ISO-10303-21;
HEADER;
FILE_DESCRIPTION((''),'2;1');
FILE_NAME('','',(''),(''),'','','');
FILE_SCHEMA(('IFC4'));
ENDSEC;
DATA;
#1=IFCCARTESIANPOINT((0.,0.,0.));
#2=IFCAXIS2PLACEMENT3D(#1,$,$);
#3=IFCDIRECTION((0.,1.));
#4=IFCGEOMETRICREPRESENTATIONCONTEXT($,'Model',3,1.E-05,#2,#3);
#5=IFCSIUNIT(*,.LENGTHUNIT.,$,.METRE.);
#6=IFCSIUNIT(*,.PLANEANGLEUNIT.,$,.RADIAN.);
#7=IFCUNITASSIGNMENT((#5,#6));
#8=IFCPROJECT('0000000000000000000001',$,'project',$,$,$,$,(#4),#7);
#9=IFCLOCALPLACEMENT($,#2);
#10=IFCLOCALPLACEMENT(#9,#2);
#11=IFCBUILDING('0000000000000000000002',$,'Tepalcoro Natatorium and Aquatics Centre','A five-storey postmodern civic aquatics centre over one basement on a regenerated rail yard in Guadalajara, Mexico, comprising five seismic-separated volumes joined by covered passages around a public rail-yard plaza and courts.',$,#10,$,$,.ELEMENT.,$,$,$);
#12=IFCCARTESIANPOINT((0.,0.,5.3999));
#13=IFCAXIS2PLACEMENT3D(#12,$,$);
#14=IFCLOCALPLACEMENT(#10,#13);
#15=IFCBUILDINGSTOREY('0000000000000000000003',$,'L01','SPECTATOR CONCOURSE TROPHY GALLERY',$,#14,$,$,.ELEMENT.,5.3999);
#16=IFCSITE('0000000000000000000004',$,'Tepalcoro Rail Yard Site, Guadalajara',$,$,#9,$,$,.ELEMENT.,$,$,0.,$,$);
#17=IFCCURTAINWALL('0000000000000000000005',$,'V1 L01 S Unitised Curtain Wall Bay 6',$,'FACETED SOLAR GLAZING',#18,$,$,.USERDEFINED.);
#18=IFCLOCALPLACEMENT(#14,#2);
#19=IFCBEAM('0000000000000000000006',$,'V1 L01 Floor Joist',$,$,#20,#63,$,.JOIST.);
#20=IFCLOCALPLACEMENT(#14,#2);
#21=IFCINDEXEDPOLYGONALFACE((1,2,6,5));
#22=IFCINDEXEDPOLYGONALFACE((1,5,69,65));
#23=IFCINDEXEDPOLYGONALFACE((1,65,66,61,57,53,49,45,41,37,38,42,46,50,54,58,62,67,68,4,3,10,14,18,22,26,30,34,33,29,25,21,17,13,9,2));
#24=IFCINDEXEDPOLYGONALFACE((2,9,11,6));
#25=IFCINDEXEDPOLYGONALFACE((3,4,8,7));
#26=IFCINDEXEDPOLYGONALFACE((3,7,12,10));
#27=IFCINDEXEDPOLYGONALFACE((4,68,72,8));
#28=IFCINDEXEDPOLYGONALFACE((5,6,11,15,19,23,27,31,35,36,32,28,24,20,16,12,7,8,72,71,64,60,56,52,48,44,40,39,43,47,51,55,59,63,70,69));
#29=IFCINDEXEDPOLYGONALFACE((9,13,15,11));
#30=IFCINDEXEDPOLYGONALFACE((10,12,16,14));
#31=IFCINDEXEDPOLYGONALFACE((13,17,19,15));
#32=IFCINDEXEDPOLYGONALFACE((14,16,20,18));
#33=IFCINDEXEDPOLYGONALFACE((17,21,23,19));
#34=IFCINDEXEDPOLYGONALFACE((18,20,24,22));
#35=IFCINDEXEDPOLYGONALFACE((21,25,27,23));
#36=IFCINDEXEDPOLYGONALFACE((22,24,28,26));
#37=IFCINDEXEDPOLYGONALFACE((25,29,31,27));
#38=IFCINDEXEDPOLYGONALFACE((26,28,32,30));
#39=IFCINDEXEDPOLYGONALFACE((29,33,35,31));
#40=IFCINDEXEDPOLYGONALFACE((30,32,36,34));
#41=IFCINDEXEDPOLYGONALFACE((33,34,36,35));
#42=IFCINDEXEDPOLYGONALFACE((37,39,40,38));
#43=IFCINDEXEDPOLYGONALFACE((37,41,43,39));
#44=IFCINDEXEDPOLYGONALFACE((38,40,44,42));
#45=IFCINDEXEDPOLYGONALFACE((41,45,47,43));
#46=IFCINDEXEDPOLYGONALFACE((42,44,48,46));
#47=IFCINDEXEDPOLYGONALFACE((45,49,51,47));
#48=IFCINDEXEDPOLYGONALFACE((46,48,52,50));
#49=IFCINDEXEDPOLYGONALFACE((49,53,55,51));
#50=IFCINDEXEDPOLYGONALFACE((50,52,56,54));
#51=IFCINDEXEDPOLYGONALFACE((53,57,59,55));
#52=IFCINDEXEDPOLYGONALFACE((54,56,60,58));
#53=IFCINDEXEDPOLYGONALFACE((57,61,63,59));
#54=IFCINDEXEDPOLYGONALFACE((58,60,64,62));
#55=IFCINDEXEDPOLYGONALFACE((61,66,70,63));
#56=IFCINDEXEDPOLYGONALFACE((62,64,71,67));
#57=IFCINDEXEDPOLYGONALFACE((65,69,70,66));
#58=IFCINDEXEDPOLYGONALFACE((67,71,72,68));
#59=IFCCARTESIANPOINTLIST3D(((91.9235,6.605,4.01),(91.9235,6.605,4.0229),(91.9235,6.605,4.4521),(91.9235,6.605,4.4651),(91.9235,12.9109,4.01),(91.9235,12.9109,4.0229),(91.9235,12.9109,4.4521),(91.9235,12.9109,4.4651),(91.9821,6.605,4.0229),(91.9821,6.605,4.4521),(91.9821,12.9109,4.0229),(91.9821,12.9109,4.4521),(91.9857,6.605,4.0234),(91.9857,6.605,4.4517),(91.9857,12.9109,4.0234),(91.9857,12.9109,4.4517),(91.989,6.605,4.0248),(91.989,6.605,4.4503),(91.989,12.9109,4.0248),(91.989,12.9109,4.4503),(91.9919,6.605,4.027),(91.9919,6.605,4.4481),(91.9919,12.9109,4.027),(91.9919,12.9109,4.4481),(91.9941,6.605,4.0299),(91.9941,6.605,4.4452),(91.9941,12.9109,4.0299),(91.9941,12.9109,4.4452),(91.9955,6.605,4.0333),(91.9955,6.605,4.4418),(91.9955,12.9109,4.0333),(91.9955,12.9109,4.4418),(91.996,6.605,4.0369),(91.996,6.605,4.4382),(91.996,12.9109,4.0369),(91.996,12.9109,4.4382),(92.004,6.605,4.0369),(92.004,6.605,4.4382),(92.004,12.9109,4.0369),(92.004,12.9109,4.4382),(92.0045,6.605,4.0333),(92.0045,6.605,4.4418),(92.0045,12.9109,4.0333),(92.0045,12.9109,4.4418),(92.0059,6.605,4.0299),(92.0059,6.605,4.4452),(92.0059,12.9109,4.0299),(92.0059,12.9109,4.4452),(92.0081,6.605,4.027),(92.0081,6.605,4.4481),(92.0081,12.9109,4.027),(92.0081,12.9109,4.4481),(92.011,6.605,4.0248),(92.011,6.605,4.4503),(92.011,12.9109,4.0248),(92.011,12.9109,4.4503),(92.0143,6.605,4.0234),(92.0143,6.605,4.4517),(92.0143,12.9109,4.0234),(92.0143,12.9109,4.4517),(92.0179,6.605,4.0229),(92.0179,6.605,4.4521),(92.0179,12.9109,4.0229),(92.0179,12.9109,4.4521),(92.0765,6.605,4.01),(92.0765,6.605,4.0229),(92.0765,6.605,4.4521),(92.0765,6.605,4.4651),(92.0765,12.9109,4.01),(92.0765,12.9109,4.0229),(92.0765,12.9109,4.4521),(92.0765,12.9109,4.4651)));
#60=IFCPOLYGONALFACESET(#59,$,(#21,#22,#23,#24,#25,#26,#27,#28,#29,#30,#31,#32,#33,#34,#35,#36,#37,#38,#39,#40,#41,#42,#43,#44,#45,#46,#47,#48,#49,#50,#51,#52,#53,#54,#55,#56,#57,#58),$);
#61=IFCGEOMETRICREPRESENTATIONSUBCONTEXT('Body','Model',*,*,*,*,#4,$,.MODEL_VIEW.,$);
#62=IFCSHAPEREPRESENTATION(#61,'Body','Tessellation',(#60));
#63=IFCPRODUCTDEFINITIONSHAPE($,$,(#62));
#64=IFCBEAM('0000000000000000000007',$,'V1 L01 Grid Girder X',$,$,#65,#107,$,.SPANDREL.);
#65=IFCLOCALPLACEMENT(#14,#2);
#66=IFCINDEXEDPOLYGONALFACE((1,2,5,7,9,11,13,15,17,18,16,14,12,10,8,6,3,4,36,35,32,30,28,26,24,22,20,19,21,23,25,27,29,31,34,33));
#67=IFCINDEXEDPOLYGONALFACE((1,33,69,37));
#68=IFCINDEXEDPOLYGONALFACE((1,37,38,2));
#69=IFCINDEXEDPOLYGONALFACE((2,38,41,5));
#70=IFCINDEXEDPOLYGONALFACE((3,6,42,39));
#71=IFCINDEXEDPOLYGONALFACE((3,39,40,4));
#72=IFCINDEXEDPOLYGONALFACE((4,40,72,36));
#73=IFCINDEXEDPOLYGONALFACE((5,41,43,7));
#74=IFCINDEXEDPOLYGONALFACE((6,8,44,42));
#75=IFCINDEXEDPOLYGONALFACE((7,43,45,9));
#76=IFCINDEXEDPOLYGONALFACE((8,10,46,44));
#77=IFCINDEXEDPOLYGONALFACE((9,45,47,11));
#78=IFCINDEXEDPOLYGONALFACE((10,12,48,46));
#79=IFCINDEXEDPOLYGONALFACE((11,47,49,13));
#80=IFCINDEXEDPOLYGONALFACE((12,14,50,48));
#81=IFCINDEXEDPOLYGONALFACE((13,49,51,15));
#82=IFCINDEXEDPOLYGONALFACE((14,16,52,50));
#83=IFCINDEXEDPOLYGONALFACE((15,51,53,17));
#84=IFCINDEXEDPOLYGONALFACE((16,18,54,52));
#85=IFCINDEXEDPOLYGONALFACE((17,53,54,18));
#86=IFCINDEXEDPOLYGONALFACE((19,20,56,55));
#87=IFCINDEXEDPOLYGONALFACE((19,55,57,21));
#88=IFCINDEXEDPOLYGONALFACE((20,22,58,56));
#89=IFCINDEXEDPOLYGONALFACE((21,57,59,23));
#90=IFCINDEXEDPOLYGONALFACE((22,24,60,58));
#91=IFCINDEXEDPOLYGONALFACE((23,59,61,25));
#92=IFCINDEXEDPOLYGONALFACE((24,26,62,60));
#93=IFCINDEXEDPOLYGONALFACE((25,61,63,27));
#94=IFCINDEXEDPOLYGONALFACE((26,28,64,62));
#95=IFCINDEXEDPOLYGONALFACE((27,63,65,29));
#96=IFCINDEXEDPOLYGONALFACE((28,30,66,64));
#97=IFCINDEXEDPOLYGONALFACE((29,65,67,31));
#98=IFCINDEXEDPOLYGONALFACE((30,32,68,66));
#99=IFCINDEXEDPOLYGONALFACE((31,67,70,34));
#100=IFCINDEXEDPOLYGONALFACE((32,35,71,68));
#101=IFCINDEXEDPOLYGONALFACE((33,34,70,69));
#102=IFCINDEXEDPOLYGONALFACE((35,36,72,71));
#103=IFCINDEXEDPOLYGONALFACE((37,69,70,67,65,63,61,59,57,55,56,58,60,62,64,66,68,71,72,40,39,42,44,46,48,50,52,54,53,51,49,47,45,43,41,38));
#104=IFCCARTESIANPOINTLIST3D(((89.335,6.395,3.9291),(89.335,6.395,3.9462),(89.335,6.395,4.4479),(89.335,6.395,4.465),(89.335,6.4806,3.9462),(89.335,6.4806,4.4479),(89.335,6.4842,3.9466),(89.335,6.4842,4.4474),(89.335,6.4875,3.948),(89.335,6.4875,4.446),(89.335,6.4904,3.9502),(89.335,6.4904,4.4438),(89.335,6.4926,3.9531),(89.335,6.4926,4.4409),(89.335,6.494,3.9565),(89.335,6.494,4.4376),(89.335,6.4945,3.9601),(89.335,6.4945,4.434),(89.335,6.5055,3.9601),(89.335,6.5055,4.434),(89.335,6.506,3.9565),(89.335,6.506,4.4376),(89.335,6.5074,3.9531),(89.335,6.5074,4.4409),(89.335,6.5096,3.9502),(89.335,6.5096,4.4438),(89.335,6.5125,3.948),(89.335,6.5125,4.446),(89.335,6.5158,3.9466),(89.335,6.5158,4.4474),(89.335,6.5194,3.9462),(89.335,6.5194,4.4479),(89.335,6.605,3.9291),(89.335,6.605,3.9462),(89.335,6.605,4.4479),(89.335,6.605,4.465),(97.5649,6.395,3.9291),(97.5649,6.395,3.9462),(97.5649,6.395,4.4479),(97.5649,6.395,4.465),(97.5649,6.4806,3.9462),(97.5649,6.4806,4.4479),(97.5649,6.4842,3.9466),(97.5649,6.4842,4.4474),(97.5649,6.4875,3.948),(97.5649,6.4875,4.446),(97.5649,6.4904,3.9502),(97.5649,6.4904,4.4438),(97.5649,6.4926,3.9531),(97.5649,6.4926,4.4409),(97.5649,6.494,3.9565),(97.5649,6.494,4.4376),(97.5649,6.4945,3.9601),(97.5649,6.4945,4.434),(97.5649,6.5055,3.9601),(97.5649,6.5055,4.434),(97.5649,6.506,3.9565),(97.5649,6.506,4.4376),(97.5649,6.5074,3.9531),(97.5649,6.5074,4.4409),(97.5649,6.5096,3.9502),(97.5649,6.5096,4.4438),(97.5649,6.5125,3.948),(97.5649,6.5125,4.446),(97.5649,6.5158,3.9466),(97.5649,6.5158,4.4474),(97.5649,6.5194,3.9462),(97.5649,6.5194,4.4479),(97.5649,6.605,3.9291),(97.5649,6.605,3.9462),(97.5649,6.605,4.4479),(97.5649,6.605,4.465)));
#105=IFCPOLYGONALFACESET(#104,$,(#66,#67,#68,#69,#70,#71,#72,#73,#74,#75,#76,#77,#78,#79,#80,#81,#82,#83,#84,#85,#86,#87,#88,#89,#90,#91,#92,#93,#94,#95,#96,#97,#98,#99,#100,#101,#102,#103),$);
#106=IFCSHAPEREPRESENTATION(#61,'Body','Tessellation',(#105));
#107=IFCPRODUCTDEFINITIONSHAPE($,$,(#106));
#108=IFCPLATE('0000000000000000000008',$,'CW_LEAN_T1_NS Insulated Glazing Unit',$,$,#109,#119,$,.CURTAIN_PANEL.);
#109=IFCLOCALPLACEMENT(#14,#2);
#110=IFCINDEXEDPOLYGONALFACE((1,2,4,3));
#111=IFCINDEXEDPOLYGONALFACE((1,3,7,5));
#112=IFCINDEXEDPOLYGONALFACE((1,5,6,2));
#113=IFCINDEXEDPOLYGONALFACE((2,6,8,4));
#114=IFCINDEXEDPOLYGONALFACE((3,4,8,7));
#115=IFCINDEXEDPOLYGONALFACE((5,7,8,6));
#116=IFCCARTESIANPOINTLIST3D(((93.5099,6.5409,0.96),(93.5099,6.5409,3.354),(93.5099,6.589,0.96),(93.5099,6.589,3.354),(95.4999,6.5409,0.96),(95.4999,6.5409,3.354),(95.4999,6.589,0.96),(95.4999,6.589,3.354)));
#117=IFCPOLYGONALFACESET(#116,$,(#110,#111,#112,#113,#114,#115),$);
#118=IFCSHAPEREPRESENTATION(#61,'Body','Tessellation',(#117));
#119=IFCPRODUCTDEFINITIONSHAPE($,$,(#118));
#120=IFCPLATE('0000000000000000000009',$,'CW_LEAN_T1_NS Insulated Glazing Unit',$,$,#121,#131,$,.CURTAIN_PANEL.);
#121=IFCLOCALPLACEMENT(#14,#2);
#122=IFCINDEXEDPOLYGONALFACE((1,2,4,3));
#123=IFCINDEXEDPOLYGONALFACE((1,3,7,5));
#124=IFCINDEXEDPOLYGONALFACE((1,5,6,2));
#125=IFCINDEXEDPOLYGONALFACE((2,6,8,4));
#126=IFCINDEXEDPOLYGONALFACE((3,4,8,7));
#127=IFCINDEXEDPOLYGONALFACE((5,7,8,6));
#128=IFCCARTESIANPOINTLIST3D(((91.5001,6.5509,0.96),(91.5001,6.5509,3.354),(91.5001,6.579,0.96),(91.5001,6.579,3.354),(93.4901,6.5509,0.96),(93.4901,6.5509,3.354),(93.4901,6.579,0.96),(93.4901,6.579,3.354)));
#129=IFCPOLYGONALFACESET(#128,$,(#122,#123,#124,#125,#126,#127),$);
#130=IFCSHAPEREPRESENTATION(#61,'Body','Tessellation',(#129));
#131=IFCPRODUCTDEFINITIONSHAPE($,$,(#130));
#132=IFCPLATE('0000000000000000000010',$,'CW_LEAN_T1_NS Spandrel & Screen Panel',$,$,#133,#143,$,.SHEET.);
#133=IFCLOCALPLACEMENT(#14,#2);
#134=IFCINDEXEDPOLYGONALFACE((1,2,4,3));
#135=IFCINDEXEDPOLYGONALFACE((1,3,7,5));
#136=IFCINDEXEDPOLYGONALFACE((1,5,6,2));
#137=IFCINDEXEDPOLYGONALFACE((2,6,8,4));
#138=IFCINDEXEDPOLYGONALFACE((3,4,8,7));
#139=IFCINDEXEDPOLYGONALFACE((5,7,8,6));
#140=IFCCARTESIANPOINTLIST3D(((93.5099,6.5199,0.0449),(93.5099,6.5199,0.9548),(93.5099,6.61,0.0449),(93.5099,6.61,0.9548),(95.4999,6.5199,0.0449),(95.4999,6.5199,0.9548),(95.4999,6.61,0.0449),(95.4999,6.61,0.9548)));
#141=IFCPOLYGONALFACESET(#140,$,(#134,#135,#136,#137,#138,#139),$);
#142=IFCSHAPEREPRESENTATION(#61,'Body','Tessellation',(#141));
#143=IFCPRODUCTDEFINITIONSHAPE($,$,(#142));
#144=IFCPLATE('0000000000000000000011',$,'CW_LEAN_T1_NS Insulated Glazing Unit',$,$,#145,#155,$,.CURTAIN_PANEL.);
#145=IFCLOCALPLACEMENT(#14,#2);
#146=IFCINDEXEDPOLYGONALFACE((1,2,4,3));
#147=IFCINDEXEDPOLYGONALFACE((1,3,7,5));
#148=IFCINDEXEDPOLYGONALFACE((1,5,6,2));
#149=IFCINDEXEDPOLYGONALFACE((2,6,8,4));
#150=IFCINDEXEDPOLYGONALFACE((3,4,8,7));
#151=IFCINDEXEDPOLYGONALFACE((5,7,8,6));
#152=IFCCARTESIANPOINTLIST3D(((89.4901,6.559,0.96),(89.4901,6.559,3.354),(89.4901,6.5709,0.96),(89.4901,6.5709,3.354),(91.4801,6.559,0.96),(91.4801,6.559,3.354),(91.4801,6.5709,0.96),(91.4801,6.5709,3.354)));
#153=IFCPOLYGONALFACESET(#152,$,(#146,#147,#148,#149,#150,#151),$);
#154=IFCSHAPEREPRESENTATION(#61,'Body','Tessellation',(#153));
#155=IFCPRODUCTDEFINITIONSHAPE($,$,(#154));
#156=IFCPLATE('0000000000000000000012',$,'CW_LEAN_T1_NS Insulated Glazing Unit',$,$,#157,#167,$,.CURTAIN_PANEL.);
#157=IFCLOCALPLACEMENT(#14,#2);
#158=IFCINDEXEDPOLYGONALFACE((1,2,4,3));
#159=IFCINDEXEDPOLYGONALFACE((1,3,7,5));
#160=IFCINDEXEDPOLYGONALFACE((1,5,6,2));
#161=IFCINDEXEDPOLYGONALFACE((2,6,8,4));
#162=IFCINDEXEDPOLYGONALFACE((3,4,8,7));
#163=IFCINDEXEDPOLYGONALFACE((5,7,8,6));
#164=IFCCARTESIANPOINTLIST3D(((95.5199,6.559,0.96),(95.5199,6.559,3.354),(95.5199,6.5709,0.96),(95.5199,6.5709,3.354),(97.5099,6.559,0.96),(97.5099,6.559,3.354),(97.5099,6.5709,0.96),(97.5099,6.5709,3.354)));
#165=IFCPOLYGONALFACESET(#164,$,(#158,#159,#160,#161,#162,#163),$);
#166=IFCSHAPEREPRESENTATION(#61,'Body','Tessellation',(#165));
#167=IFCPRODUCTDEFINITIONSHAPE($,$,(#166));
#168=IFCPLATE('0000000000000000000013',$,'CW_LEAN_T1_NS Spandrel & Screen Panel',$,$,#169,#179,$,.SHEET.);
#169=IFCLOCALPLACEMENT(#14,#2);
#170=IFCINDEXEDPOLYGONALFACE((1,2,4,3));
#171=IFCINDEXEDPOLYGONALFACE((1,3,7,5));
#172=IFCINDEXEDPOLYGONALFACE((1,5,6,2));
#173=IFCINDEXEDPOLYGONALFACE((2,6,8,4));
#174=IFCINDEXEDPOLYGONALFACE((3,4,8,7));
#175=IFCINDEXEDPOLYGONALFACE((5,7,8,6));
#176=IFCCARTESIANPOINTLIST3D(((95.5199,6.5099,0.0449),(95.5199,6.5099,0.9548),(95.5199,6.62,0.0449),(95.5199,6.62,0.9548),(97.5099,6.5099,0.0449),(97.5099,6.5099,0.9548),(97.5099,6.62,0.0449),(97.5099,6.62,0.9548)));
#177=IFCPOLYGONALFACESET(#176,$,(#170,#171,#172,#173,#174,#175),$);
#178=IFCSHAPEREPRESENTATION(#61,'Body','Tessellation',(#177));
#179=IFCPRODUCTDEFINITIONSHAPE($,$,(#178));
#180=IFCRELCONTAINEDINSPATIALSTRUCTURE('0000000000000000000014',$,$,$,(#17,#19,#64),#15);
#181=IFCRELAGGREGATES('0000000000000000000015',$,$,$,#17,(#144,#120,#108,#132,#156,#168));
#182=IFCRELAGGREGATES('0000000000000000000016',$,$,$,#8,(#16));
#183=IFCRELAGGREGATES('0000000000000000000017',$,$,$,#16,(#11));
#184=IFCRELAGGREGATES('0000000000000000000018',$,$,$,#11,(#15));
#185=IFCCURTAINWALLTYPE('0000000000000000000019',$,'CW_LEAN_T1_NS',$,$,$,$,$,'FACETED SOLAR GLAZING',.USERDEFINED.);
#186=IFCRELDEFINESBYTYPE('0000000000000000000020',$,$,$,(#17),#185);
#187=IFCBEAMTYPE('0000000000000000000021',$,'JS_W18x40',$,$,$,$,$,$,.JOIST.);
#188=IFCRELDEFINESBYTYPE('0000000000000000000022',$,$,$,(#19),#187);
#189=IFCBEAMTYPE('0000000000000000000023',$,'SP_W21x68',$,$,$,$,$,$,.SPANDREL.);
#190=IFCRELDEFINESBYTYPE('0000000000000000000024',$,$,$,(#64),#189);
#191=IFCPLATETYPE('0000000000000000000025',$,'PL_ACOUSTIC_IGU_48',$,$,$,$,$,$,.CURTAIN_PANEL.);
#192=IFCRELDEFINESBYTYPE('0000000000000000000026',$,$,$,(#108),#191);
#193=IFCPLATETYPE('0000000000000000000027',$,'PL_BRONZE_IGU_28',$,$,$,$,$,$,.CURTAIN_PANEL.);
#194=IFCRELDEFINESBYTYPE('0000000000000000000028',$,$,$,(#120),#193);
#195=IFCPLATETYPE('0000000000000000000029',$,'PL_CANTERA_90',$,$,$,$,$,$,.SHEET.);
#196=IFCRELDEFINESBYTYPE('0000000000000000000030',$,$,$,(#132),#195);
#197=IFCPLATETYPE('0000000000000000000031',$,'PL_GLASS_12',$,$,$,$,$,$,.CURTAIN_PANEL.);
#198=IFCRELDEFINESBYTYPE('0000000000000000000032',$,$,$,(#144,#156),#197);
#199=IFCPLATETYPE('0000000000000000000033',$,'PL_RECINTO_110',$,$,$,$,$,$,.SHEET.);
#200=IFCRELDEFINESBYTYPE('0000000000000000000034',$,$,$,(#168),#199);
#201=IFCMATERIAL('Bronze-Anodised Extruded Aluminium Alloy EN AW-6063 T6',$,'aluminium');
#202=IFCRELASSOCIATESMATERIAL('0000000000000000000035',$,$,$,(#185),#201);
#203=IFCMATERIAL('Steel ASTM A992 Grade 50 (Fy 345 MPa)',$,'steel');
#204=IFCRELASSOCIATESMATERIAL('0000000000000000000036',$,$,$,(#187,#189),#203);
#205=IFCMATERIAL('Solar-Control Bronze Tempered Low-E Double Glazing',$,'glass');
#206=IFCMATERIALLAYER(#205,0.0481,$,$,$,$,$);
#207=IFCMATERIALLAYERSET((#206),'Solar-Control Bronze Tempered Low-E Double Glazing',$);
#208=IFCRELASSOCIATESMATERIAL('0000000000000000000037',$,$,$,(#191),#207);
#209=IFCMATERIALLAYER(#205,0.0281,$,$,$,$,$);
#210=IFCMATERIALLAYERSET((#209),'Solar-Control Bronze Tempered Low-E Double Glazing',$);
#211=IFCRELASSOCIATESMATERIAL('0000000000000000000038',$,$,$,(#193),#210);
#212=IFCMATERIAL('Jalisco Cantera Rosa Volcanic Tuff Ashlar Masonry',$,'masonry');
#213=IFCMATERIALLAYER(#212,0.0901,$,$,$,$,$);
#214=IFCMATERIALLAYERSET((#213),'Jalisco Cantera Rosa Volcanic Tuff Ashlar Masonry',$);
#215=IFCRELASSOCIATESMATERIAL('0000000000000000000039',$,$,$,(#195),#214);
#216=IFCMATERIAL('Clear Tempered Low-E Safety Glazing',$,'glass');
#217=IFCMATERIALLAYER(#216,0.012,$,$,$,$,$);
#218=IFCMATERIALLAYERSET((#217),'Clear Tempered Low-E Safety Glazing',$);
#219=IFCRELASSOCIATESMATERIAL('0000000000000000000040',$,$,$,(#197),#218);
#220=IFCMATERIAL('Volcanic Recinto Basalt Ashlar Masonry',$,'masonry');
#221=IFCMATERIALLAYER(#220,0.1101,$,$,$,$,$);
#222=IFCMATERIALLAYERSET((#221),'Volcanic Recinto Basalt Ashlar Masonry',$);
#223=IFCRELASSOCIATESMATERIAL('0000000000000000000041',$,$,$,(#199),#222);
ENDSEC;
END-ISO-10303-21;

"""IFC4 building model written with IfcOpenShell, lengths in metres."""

from ifc_helpers import new_model, si_unit, direction, frame, origin, origin_2d, place, context, subcontext, project, spatial, rectangle, i_section, extrude, material, layer, layer_set, material_profile, profile_set, type_object, element, aggregate, save


model = new_model("IFC4")

# Units and contexts
model_context = context("Model", 3, precision=1e-05, world=origin(), true_north=direction((0.0, 1.0)))
body_context = subcontext(model_context, "Body", "Model", "MODEL_VIEW")
ifc_project = project(units=[si_unit("LENGTHUNIT", "METRE"), si_unit("PLANEANGLEUNIT", "RADIAN")], contexts=[model_context])

# Site, building, storey
site_placement = place(None, origin())
site = spatial("IfcSite", under=ifc_project, at=site_placement, Name="Tepalcoro Rail Yard Site, Guadalajara", CompositionType="ELEMENT", RefElevation=0.0)
building_placement = place(site_placement, origin())
building = spatial("IfcBuilding", under=site, at=building_placement, Name="Tepalcoro Natatorium and Aquatics Centre", Description="A five-storey postmodern civic aquatics centre over one basement on a regenerated rail yard in Guadalajara, Mexico, comprising five seismic-separated volumes joined by covered passages around a public rail-yard plaza and courts.", CompositionType="ELEMENT")
storey_placement = place(building_placement, frame((0.0, 0.0, 5.3999)))
storey = spatial("IfcBuildingStorey", under=building, at=storey_placement, Name="L01", Description="SPECTATOR CONCOURSE TROPHY GALLERY", CompositionType="ELEMENT", Elevation=5.3999)

# Shared definitions
ifc_material_1 = material(Name="Steel ASTM A992 Grade 50 (Fy 345 MPa)", Category="steel")

# Curtain wall
ifc_material_2 = material(Name="Bronze-Anodised Extruded Aluminium Alloy EN AW-6063 T6", Category="aluminium")
curtain_wall_type = type_object("IfcCurtainWallType", Name="CW_LEAN_T1_NS", ElementType="FACETED SOLAR GLAZING", PredefinedType="USERDEFINED", material=ifc_material_2)
curtain_wall_placement = place(storey_placement, origin())
curtain_wall = element("IfcCurtainWall", 1, at=curtain_wall_placement, inside=storey, type_object=curtain_wall_type, Name="V1 L01 S Unitised Curtain Wall Bay 6", ObjectType="FACETED SOLAR GLAZING", PredefinedType="USERDEFINED")

# Beams
ifc_material_profile_1 = material_profile(ifc_material_1, i_section(OverallWidth=0.1531, OverallDepth=0.4551, WebThickness=0.0081, FlangeThickness=0.0129, FilletRadius=0.0139, at=origin_2d()), Name="W18X40")
ifc_profile_set_1 = profile_set([ifc_material_profile_1], Name="Steel ASTM A992 Grade 50 (Fy 345 MPa)")
beam_type_1 = type_object("IfcBeamType", Name="JS_W18x40", PredefinedType="JOIST", material=ifc_profile_set_1)
beam_1_placement = place(storey_placement, frame((92.0, 6.605, 4.2375), z_axis=(0.0, 1.0, 0.0), x_axis=(-1.0, 0.0, 0.0)))
element("IfcBeam", 2, at=beam_1_placement, inside=storey, type_object=beam_type_1, Name="V1 L01 Floor Joist", PredefinedType="JOIST", context=body_context, shape_type="SweptSolid", body=[
    extrude(i_section(OverallWidth=0.1531, OverallDepth=0.4551, WebThickness=0.0081, FlangeThickness=0.0129, FilletRadius=0.0139, at=origin_2d()), origin(), (0.0, 0.0, 1.0), 6.3059),
])
ifc_material_profile_2 = material_profile(ifc_material_1, i_section(OverallWidth=0.21, OverallDepth=0.5359, WebThickness=0.011, FlangeThickness=0.0171, FilletRadius=0.0139, at=origin_2d()), Name="W21X68")
ifc_profile_set_2 = profile_set([ifc_material_profile_2], Name="Steel ASTM A992 Grade 50 (Fy 345 MPa)")
beam_type_2 = type_object("IfcBeamType", Name="SP_W21x68", PredefinedType="SPANDREL", material=ifc_profile_set_2)
beam_2_placement = place(storey_placement, frame((89.335, 6.5, 4.197), z_axis=(1.0, 0.0, 0.0), x_axis=(0.0, 1.0, 0.0)))
element("IfcBeam", 3, at=beam_2_placement, inside=storey, type_object=beam_type_2, Name="V1 L01 Grid Girder X", PredefinedType="SPANDREL", context=body_context, shape_type="SweptSolid", body=[
    extrude(i_section(OverallWidth=0.21, OverallDepth=0.5359, WebThickness=0.011, FlangeThickness=0.0171, FilletRadius=0.0139, at=origin_2d()), origin(), (0.0, 0.0, 1.0), 8.23),
])

# Plates
ifc_material_3 = material(Name="Solar-Control Bronze Tempered Low-E Double Glazing", Category="glass")
ifc_layer_1 = layer(ifc_material_3, 0.0481)
ifc_layer_set_1 = layer_set([ifc_layer_1], Name="Solar-Control Bronze Tempered Low-E Double Glazing")
plate_type_1 = type_object("IfcPlateType", Name="PL_ACOUSTIC_IGU_48", PredefinedType="CURTAIN_PANEL", material=ifc_layer_set_1)
plate_1_placement = place(storey_placement, frame((94.5049, 6.5649, 0.96), z_axis=(0.0, 0.0, 1.0), x_axis=(1.0, 0.0, 0.0)))
plate_1 = element("IfcPlate", 4, at=plate_1_placement, type_object=plate_type_1, Name="CW_LEAN_T1_NS Insulated Glazing Unit", PredefinedType="CURTAIN_PANEL", context=body_context, shape_type="SweptSolid", body=[
    extrude(rectangle(XDim=1.99, YDim=0.0481, at=origin_2d()), origin(), (0.0, 0.0, 1.0), 2.394),
])
ifc_layer_2 = layer(ifc_material_3, 0.0281)
ifc_layer_set_2 = layer_set([ifc_layer_2], Name="Solar-Control Bronze Tempered Low-E Double Glazing")
plate_type_2 = type_object("IfcPlateType", Name="PL_BRONZE_IGU_28", PredefinedType="CURTAIN_PANEL", material=ifc_layer_set_2)
plate_2_placement = place(storey_placement, frame((92.4951, 6.5649, 0.96), z_axis=(0.0, 0.0, 1.0), x_axis=(1.0, 0.0, 0.0)))
plate_2 = element("IfcPlate", 5, at=plate_2_placement, type_object=plate_type_2, Name="CW_LEAN_T1_NS Insulated Glazing Unit", PredefinedType="CURTAIN_PANEL", context=body_context, shape_type="SweptSolid", body=[
    extrude(rectangle(XDim=1.99, YDim=0.0281, at=origin_2d()), origin(), (0.0, 0.0, 1.0), 2.394),
])
ifc_material_4 = material(Name="Jalisco Cantera Rosa Volcanic Tuff Ashlar Masonry", Category="masonry")
ifc_layer_3 = layer(ifc_material_4, 0.0901)
ifc_layer_set_3 = layer_set([ifc_layer_3], Name="Jalisco Cantera Rosa Volcanic Tuff Ashlar Masonry")
plate_type_3 = type_object("IfcPlateType", Name="PL_CANTERA_90", PredefinedType="SHEET", material=ifc_layer_set_3)
plate_3_placement = place(storey_placement, frame((94.5049, 6.5649, 0.0449), z_axis=(0.0, 0.0, 1.0), x_axis=(1.0, 0.0, 0.0)))
plate_3 = element("IfcPlate", 6, at=plate_3_placement, type_object=plate_type_3, Name="CW_LEAN_T1_NS Spandrel & Screen Panel", PredefinedType="SHEET", context=body_context, shape_type="SweptSolid", body=[
    extrude(rectangle(XDim=1.99, YDim=0.0901, at=origin_2d()), origin(), (0.0, 0.0, 1.0), 0.9099),
])
ifc_material_5 = material(Name="Clear Tempered Low-E Safety Glazing", Category="glass")
ifc_layer_4 = layer(ifc_material_5, 0.012)
ifc_layer_set_4 = layer_set([ifc_layer_4], Name="Clear Tempered Low-E Safety Glazing")
plate_type_4 = type_object("IfcPlateType", Name="PL_GLASS_12", PredefinedType="CURTAIN_PANEL", material=ifc_layer_set_4)
plate_4_placement = place(storey_placement, frame((90.4851, 6.5649, 0.96), z_axis=(0.0, 0.0, 1.0), x_axis=(1.0, 0.0, 0.0)))
plate_4 = element("IfcPlate", 7, at=plate_4_placement, type_object=plate_type_4, Name="CW_LEAN_T1_NS Insulated Glazing Unit", PredefinedType="CURTAIN_PANEL", context=body_context, shape_type="SweptSolid", body=[
    extrude(rectangle(XDim=1.99, YDim=0.012, at=origin_2d()), origin(), (0.0, 0.0, 1.0), 2.394),
])
plate_5_placement = place(storey_placement, frame((96.5149, 6.5649, 0.96), z_axis=(0.0, 0.0, 1.0), x_axis=(1.0, 0.0, 0.0)))
plate_5 = element("IfcPlate", 8, at=plate_5_placement, type_object=plate_type_4, Name="CW_LEAN_T1_NS Insulated Glazing Unit", PredefinedType="CURTAIN_PANEL", context=body_context, shape_type="SweptSolid", body=[
    extrude(rectangle(XDim=1.99, YDim=0.012, at=origin_2d()), origin(), (0.0, 0.0, 1.0), 2.394),
])
ifc_material_6 = material(Name="Volcanic Recinto Basalt Ashlar Masonry", Category="masonry")
ifc_layer_5 = layer(ifc_material_6, 0.1101)
ifc_layer_set_5 = layer_set([ifc_layer_5], Name="Volcanic Recinto Basalt Ashlar Masonry")
plate_type_5 = type_object("IfcPlateType", Name="PL_RECINTO_110", PredefinedType="SHEET", material=ifc_layer_set_5)
plate_6_placement = place(storey_placement, frame((96.5149, 6.5649, 0.0449), z_axis=(0.0, 0.0, 1.0), x_axis=(1.0, 0.0, 0.0)))
plate_6 = element("IfcPlate", 9, at=plate_6_placement, type_object=plate_type_5, Name="CW_LEAN_T1_NS Spandrel & Screen Panel", PredefinedType="SHEET", context=body_context, shape_type="SweptSolid", body=[
    extrude(rectangle(XDim=1.99, YDim=0.1101, at=origin_2d()), origin(), (0.0, 0.0, 1.0), 0.9099),
])
aggregate(curtain_wall, [plate_4, plate_2, plate_1, plate_3, plate_5, plate_6])

save(model, "model.ifc")
